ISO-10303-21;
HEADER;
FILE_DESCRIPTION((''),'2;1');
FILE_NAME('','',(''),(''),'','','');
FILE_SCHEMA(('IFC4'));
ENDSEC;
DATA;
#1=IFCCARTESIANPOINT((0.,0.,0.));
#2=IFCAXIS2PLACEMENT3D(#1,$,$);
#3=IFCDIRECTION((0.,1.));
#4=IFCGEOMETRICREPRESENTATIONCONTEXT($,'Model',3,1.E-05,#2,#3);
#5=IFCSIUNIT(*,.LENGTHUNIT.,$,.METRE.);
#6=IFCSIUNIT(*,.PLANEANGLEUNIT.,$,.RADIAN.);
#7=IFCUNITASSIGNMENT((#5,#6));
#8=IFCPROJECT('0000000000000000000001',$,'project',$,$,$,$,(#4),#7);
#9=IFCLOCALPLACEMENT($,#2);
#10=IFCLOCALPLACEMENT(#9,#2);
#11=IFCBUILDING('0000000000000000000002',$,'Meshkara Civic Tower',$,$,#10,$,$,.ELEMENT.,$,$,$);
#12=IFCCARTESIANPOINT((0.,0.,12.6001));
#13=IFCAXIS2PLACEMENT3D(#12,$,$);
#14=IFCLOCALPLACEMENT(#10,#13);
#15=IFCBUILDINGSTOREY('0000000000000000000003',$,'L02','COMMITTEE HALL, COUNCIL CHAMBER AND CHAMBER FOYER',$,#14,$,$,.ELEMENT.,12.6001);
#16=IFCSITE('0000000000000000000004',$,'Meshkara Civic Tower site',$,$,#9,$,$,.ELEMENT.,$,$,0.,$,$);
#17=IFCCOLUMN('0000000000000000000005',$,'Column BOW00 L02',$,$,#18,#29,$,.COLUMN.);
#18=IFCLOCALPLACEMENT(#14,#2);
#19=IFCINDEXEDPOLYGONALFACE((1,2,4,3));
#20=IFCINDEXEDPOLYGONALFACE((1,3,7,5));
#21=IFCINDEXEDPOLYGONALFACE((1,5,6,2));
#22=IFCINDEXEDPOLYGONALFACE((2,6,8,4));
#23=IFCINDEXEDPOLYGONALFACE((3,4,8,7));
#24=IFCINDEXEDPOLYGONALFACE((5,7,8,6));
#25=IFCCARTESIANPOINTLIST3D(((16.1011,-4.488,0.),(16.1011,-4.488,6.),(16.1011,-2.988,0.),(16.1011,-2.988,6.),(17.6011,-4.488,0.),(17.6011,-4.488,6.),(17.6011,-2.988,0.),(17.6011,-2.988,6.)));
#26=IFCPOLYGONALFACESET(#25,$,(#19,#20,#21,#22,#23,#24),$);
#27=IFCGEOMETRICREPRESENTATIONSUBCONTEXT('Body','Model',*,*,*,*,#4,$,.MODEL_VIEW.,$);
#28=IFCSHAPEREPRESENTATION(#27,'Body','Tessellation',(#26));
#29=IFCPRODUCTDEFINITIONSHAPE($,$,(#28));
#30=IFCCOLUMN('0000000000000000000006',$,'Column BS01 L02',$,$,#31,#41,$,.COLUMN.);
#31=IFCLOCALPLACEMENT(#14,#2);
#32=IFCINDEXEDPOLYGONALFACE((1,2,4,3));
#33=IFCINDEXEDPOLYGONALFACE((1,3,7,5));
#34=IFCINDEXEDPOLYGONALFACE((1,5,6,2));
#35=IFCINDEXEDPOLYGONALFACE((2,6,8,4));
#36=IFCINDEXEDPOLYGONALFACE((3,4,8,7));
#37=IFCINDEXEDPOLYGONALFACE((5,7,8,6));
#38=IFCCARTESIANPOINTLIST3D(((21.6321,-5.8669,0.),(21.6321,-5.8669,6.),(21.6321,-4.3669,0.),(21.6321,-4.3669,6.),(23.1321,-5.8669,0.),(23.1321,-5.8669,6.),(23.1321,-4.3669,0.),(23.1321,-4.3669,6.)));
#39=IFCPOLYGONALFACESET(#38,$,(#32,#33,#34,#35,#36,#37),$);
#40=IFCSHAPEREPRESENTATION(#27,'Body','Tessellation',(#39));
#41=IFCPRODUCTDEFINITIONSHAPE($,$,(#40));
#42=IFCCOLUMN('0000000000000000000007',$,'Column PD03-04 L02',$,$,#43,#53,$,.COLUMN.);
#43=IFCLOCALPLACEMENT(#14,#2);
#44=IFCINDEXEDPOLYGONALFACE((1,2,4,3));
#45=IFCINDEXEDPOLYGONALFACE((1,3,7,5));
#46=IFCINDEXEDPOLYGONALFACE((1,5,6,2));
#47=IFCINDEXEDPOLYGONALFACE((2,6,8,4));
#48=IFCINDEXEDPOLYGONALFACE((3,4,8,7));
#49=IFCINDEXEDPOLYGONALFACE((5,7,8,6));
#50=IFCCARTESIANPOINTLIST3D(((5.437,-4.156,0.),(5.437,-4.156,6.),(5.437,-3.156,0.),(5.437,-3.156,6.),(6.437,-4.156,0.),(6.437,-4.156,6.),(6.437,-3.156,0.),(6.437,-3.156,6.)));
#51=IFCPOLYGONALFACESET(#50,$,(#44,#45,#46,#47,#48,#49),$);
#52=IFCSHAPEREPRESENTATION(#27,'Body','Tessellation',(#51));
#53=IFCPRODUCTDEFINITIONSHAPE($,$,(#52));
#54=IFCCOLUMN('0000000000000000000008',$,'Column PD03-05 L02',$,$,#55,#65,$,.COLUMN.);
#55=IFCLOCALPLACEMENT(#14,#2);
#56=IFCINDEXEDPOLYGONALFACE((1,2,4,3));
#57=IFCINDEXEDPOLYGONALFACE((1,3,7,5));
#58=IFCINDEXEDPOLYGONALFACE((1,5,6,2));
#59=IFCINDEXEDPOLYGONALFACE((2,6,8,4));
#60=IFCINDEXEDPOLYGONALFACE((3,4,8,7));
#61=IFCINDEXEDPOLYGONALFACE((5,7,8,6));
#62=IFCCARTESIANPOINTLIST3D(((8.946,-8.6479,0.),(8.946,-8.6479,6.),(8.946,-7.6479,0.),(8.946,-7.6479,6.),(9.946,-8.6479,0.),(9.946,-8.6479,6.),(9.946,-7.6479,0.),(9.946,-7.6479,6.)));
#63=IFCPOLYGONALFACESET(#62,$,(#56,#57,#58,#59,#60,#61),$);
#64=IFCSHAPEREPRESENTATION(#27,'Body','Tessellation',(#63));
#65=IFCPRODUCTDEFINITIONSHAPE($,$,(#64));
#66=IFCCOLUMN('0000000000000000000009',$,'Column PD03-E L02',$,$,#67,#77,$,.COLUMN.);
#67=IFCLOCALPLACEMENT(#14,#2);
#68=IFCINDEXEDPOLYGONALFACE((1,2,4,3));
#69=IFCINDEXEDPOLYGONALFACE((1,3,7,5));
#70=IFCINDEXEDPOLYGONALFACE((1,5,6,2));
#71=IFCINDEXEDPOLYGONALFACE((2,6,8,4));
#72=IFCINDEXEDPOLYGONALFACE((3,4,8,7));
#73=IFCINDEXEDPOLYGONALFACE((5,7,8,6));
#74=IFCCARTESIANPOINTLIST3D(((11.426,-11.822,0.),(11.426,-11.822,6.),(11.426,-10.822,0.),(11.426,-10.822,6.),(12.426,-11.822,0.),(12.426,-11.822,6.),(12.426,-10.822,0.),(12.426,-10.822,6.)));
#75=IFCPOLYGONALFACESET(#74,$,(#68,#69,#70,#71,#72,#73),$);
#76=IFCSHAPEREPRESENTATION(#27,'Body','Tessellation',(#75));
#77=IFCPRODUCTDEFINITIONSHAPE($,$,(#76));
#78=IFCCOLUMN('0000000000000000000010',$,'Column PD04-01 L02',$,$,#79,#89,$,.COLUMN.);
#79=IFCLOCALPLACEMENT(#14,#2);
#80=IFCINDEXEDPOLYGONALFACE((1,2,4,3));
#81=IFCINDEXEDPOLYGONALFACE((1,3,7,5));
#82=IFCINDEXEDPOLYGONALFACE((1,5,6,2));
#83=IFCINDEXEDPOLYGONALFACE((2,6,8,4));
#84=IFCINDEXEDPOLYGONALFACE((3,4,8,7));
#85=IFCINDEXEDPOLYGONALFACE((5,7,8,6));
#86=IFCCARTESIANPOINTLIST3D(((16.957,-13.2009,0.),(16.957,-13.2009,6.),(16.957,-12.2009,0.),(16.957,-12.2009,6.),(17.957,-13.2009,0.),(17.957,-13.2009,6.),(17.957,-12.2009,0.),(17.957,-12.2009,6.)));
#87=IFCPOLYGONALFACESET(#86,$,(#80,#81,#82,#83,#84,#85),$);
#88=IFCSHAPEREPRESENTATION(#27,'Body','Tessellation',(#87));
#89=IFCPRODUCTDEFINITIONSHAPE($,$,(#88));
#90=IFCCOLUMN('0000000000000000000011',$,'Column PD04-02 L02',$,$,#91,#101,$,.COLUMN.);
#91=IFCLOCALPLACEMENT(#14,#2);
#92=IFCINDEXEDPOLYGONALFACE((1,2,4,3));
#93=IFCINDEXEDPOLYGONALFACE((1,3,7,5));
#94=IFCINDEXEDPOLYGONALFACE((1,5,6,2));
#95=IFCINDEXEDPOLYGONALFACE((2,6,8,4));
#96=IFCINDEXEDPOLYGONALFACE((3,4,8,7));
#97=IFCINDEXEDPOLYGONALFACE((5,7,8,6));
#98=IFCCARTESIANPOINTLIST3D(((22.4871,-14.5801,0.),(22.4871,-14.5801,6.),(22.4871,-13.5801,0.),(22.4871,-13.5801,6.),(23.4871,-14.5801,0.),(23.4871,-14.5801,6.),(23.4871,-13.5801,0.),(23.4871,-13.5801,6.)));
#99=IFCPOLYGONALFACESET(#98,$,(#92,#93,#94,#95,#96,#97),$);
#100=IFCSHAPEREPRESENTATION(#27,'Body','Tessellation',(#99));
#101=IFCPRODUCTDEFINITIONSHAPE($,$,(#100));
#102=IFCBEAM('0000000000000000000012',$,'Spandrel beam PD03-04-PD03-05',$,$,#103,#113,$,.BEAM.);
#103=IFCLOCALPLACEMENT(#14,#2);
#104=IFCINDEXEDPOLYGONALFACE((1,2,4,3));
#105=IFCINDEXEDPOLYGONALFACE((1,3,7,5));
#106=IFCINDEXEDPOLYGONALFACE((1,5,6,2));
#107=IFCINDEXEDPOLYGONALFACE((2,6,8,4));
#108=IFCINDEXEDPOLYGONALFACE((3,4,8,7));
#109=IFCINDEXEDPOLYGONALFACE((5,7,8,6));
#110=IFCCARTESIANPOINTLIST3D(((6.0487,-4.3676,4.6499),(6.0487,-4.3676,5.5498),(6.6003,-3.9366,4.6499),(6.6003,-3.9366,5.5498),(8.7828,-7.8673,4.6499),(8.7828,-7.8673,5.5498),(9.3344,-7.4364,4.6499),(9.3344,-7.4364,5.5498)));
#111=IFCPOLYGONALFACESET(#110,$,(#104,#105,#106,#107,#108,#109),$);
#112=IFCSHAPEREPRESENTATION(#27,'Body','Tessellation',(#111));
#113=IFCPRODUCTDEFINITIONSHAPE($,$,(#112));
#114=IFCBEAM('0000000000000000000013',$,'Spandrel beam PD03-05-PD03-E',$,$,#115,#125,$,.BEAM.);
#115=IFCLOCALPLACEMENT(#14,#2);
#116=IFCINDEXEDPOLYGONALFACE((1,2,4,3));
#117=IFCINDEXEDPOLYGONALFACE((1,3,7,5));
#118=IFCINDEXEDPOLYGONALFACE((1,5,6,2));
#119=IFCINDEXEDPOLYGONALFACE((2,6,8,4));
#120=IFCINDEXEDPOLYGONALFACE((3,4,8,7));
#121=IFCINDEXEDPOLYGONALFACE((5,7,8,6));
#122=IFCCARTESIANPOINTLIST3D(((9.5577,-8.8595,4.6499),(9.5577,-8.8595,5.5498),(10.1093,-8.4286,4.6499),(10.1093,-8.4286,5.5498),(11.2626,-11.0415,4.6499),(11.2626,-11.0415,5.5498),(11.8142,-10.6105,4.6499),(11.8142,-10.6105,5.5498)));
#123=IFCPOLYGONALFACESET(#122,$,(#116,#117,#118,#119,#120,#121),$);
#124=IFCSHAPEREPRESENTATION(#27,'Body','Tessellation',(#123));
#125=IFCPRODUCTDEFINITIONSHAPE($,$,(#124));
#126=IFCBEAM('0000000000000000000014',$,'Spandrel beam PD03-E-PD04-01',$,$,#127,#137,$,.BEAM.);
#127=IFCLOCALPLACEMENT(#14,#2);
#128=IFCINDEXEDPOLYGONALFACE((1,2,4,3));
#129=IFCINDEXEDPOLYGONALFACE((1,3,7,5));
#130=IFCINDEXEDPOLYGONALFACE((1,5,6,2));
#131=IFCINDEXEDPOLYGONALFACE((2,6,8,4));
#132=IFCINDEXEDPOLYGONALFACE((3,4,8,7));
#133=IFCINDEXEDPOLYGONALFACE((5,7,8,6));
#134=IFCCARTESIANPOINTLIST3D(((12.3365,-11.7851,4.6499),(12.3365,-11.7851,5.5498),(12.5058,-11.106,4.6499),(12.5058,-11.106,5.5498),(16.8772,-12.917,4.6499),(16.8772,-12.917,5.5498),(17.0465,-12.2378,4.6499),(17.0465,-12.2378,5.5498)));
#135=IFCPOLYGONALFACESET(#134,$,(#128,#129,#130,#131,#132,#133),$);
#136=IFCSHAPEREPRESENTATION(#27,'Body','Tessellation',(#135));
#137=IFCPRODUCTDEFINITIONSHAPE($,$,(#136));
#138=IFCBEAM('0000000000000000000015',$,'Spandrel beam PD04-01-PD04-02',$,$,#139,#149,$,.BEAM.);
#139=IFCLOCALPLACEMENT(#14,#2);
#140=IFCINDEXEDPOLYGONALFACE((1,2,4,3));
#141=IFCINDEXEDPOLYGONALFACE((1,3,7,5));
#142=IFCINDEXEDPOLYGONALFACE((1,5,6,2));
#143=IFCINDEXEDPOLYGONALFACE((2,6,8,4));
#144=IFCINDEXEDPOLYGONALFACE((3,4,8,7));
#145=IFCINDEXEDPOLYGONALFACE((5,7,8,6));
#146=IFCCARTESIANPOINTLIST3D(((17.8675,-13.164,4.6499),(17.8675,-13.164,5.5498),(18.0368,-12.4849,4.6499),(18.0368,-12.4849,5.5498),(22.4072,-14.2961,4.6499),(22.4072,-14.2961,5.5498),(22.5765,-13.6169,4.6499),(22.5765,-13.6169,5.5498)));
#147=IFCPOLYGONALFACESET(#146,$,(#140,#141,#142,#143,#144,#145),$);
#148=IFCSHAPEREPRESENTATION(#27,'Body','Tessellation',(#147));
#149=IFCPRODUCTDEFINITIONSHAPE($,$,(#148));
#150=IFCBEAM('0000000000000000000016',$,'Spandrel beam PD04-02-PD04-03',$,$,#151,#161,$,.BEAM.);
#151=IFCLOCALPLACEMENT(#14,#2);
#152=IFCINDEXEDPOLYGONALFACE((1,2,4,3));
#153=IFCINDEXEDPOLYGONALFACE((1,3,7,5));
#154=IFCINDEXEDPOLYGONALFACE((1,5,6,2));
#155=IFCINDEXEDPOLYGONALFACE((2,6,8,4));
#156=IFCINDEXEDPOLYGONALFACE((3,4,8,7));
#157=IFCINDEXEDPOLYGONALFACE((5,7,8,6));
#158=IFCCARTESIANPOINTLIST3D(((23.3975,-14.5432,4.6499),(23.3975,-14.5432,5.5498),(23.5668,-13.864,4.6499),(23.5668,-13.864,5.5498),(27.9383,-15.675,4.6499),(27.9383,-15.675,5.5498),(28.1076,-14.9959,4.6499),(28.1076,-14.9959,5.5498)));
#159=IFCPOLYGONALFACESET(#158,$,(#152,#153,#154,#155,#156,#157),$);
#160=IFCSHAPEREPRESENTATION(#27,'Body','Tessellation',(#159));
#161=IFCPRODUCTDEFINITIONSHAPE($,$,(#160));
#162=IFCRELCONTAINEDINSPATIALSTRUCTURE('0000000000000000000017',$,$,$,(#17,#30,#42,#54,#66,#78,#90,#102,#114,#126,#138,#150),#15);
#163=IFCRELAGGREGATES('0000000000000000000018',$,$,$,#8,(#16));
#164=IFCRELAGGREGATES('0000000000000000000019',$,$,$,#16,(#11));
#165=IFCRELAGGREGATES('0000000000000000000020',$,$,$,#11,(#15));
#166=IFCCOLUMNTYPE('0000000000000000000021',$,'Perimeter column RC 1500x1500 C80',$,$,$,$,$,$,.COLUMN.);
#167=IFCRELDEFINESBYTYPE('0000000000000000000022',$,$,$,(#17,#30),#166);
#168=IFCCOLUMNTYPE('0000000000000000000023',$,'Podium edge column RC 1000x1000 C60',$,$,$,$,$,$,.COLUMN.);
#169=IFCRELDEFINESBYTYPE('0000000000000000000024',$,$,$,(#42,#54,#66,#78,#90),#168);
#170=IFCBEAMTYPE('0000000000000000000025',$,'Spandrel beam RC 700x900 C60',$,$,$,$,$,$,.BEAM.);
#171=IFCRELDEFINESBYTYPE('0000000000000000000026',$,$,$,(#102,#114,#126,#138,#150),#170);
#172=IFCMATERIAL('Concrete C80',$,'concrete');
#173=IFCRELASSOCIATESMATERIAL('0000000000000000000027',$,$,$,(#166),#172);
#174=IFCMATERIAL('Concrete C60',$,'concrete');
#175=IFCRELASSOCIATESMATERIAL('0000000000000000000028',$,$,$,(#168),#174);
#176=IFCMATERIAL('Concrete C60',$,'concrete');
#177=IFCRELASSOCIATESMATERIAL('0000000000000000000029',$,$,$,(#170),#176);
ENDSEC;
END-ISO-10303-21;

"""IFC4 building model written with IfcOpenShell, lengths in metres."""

from ifc_helpers import new_model, si_unit, direction, frame, origin, origin_2d, place, context, subcontext, project, spatial, rectangle, extrude, material, material_profile, profile_set, type_object, element, save


model = new_model("IFC4")

# Units and contexts
model_context = context("Model", 3, precision=1e-05, world=origin(), true_north=direction((0.0, 1.0)))
body_context = subcontext(model_context, "Body", "Model", "MODEL_VIEW")
ifc_project = project(units=[si_unit("LENGTHUNIT", "METRE"), si_unit("PLANEANGLEUNIT", "RADIAN")], contexts=[model_context])

# Site, building, storey
site_placement = place(None, origin())
site = spatial("IfcSite", under=ifc_project, at=site_placement, Name="Meshkara Civic Tower site", CompositionType="ELEMENT", RefElevation=0.0)
building_placement = place(site_placement, origin())
building = spatial("IfcBuilding", under=site, at=building_placement, Name="Meshkara Civic Tower", CompositionType="ELEMENT")
storey_placement = place(building_placement, frame((0.0, 0.0, 12.6001)))
storey = spatial("IfcBuildingStorey", under=building, at=storey_placement, Name="L02", Description="COMMITTEE HALL, COUNCIL CHAMBER AND CHAMBER FOYER", CompositionType="ELEMENT", Elevation=12.6001)

# Columns
ifc_material_1 = material(Name="Concrete C80", Category="concrete")
ifc_material_profile_1 = material_profile(ifc_material_1, rectangle(XDim=1.5, YDim=1.5, at=origin_2d()))
ifc_profile_set_1 = profile_set([ifc_material_profile_1], Name="Concrete C80")
column_type_1 = type_object("IfcColumnType", Name="Perimeter column RC 1500x1500 C80", PredefinedType="COLUMN", material=ifc_profile_set_1)
for number, where, z_axis, x_axis, name in (
    (1, (16.8511, -3.738, 0.0), (0.0, 0.0, 1.0), (1.0, 0.0, 0.0), "Column BOW00 L02"),
    (2, (22.3821, -5.1169, 0.0), (0.0, 0.0, 1.0), (1.0, 0.0, 0.0), "Column BS01 L02"),
):
    element("IfcColumn", number, at=place(storey_placement, frame(where, z_axis=z_axis, x_axis=x_axis)), inside=storey, type_object=column_type_1, Name=name, PredefinedType="COLUMN", context=body_context, shape_type="SweptSolid", body=[
        extrude(rectangle(XDim=1.5, YDim=1.5, at=origin_2d()), origin(), (0.0, 0.0, 1.0), 6.0),
    ])
ifc_material_2 = material(Name="Concrete C60", Category="concrete")
ifc_material_profile_2 = material_profile(ifc_material_2, rectangle(XDim=1.0, YDim=1.0, at=origin_2d()))
ifc_profile_set_2 = profile_set([ifc_material_profile_2], Name="Concrete C60")
column_type_2 = type_object("IfcColumnType", Name="Podium edge column RC 1000x1000 C60", PredefinedType="COLUMN", material=ifc_profile_set_2)
for number, where, z_axis, x_axis, name in (
    (3, (5.937, -3.656, 0.0), (0.0, 0.0, 1.0), (1.0, 0.0, 0.0), "Column PD03-04 L02"),
    (4, (9.446, -8.1479, 0.0), (0.0, 0.0, 1.0), (1.0, 0.0, 0.0), "Column PD03-05 L02"),
    (5, (11.926, -11.322, 0.0), (0.0, 0.0, 1.0), (1.0, 0.0, 0.0), "Column PD03-E L02"),
    (6, (17.457, -12.7009, 0.0), (0.0, 0.0, 1.0), (1.0, 0.0, 0.0), "Column PD04-01 L02"),
    (7, (22.9871, -14.0801, 0.0), (0.0, 0.0, 1.0), (1.0, 0.0, 0.0), "Column PD04-02 L02"),
):
    element("IfcColumn", number, at=place(storey_placement, frame(where, z_axis=z_axis, x_axis=x_axis)), inside=storey, type_object=column_type_2, Name=name, PredefinedType="COLUMN", context=body_context, shape_type="SweptSolid", body=[
        extrude(rectangle(XDim=1.0, YDim=1.0, at=origin_2d()), origin(), (0.0, 0.0, 1.0), 6.0),
    ])

# Beams
ifc_material_3 = material(Name="Concrete C60", Category="concrete")
ifc_material_profile_3 = material_profile(ifc_material_3, rectangle(XDim=0.7, YDim=0.8999, at=origin_2d()))
ifc_profile_set_3 = profile_set([ifc_material_profile_3], Name="Concrete C60")
beam_type = type_object("IfcBeamType", Name="Spandrel beam RC 700x900 C60", PredefinedType="BEAM", material=ifc_profile_set_3)
beam_1_placement = place(storey_placement, frame((6.3245, -4.1521, 5.0999), z_axis=(0.615637, -0.78803, 0.0), x_axis=(0.78803, 0.615637, 0.0)))
element("IfcBeam", 8, at=beam_1_placement, inside=storey, type_object=beam_type, Name="Spandrel beam PD03-04-PD03-05", PredefinedType="BEAM", context=body_context, shape_type="SweptSolid", body=[
    extrude(rectangle(XDim=0.7, YDim=0.8999, at=origin_2d()), origin(), (0.0, 0.0, 1.0), 4.4412),
])
beam_2_placement = place(storey_placement, frame((9.8335, -8.644, 5.0999), z_axis=(0.615697, -0.787983, 0.0), x_axis=(0.787983, 0.615697, 0.0)))
element("IfcBeam", 9, at=beam_2_placement, inside=storey, type_object=beam_type, Name="Spandrel beam PD03-05-PD03-E", PredefinedType="BEAM", context=body_context, shape_type="SweptSolid", body=[
    extrude(rectangle(XDim=0.7, YDim=0.8999, at=origin_2d()), origin(), (0.0, 0.0, 1.0), 2.769),
])
beam_3_placement = place(storey_placement, frame((12.4211, -11.4456, 5.0999), z_axis=(0.970311, -0.24186, 0.0), x_axis=(0.24186, 0.970311, 0.0)))
element("IfcBeam", 10, at=beam_3_placement, inside=storey, type_object=beam_type, Name="Spandrel beam PD03-E-PD04-01", PredefinedType="BEAM", context=body_context, shape_type="SweptSolid", body=[
    extrude(rectangle(XDim=0.7, YDim=0.8999, at=origin_2d()), origin(), (0.0, 0.0, 1.0), 4.6797),
])
beam_4_placement = place(storey_placement, frame((17.9521, -12.8245, 5.0999), z_axis=(0.970287, -0.241959, 0.0), x_axis=(0.241959, 0.970287, 0.0)))
element("IfcBeam", 11, at=beam_4_placement, inside=storey, type_object=beam_type, Name="Spandrel beam PD04-01-PD04-02", PredefinedType="BEAM", context=body_context, shape_type="SweptSolid", body=[
    extrude(rectangle(XDim=0.7, YDim=0.8999, at=origin_2d()), origin(), (0.0, 0.0, 1.0), 4.6787),
])
beam_5_placement = place(storey_placement, frame((23.4822, -14.2036, 5.0999), z_axis=(0.970311, -0.24186, 0.0), x_axis=(0.24186, 0.970311, 0.0)))
element("IfcBeam", 12, at=beam_5_placement, inside=storey, type_object=beam_type, Name="Spandrel beam PD04-02-PD04-03", PredefinedType="BEAM", context=body_context, shape_type="SweptSolid", body=[
    extrude(rectangle(XDim=0.7, YDim=0.8999, at=origin_2d()), origin(), (0.0, 0.0, 1.0), 4.6797),
])

save(model, "model.ifc")
